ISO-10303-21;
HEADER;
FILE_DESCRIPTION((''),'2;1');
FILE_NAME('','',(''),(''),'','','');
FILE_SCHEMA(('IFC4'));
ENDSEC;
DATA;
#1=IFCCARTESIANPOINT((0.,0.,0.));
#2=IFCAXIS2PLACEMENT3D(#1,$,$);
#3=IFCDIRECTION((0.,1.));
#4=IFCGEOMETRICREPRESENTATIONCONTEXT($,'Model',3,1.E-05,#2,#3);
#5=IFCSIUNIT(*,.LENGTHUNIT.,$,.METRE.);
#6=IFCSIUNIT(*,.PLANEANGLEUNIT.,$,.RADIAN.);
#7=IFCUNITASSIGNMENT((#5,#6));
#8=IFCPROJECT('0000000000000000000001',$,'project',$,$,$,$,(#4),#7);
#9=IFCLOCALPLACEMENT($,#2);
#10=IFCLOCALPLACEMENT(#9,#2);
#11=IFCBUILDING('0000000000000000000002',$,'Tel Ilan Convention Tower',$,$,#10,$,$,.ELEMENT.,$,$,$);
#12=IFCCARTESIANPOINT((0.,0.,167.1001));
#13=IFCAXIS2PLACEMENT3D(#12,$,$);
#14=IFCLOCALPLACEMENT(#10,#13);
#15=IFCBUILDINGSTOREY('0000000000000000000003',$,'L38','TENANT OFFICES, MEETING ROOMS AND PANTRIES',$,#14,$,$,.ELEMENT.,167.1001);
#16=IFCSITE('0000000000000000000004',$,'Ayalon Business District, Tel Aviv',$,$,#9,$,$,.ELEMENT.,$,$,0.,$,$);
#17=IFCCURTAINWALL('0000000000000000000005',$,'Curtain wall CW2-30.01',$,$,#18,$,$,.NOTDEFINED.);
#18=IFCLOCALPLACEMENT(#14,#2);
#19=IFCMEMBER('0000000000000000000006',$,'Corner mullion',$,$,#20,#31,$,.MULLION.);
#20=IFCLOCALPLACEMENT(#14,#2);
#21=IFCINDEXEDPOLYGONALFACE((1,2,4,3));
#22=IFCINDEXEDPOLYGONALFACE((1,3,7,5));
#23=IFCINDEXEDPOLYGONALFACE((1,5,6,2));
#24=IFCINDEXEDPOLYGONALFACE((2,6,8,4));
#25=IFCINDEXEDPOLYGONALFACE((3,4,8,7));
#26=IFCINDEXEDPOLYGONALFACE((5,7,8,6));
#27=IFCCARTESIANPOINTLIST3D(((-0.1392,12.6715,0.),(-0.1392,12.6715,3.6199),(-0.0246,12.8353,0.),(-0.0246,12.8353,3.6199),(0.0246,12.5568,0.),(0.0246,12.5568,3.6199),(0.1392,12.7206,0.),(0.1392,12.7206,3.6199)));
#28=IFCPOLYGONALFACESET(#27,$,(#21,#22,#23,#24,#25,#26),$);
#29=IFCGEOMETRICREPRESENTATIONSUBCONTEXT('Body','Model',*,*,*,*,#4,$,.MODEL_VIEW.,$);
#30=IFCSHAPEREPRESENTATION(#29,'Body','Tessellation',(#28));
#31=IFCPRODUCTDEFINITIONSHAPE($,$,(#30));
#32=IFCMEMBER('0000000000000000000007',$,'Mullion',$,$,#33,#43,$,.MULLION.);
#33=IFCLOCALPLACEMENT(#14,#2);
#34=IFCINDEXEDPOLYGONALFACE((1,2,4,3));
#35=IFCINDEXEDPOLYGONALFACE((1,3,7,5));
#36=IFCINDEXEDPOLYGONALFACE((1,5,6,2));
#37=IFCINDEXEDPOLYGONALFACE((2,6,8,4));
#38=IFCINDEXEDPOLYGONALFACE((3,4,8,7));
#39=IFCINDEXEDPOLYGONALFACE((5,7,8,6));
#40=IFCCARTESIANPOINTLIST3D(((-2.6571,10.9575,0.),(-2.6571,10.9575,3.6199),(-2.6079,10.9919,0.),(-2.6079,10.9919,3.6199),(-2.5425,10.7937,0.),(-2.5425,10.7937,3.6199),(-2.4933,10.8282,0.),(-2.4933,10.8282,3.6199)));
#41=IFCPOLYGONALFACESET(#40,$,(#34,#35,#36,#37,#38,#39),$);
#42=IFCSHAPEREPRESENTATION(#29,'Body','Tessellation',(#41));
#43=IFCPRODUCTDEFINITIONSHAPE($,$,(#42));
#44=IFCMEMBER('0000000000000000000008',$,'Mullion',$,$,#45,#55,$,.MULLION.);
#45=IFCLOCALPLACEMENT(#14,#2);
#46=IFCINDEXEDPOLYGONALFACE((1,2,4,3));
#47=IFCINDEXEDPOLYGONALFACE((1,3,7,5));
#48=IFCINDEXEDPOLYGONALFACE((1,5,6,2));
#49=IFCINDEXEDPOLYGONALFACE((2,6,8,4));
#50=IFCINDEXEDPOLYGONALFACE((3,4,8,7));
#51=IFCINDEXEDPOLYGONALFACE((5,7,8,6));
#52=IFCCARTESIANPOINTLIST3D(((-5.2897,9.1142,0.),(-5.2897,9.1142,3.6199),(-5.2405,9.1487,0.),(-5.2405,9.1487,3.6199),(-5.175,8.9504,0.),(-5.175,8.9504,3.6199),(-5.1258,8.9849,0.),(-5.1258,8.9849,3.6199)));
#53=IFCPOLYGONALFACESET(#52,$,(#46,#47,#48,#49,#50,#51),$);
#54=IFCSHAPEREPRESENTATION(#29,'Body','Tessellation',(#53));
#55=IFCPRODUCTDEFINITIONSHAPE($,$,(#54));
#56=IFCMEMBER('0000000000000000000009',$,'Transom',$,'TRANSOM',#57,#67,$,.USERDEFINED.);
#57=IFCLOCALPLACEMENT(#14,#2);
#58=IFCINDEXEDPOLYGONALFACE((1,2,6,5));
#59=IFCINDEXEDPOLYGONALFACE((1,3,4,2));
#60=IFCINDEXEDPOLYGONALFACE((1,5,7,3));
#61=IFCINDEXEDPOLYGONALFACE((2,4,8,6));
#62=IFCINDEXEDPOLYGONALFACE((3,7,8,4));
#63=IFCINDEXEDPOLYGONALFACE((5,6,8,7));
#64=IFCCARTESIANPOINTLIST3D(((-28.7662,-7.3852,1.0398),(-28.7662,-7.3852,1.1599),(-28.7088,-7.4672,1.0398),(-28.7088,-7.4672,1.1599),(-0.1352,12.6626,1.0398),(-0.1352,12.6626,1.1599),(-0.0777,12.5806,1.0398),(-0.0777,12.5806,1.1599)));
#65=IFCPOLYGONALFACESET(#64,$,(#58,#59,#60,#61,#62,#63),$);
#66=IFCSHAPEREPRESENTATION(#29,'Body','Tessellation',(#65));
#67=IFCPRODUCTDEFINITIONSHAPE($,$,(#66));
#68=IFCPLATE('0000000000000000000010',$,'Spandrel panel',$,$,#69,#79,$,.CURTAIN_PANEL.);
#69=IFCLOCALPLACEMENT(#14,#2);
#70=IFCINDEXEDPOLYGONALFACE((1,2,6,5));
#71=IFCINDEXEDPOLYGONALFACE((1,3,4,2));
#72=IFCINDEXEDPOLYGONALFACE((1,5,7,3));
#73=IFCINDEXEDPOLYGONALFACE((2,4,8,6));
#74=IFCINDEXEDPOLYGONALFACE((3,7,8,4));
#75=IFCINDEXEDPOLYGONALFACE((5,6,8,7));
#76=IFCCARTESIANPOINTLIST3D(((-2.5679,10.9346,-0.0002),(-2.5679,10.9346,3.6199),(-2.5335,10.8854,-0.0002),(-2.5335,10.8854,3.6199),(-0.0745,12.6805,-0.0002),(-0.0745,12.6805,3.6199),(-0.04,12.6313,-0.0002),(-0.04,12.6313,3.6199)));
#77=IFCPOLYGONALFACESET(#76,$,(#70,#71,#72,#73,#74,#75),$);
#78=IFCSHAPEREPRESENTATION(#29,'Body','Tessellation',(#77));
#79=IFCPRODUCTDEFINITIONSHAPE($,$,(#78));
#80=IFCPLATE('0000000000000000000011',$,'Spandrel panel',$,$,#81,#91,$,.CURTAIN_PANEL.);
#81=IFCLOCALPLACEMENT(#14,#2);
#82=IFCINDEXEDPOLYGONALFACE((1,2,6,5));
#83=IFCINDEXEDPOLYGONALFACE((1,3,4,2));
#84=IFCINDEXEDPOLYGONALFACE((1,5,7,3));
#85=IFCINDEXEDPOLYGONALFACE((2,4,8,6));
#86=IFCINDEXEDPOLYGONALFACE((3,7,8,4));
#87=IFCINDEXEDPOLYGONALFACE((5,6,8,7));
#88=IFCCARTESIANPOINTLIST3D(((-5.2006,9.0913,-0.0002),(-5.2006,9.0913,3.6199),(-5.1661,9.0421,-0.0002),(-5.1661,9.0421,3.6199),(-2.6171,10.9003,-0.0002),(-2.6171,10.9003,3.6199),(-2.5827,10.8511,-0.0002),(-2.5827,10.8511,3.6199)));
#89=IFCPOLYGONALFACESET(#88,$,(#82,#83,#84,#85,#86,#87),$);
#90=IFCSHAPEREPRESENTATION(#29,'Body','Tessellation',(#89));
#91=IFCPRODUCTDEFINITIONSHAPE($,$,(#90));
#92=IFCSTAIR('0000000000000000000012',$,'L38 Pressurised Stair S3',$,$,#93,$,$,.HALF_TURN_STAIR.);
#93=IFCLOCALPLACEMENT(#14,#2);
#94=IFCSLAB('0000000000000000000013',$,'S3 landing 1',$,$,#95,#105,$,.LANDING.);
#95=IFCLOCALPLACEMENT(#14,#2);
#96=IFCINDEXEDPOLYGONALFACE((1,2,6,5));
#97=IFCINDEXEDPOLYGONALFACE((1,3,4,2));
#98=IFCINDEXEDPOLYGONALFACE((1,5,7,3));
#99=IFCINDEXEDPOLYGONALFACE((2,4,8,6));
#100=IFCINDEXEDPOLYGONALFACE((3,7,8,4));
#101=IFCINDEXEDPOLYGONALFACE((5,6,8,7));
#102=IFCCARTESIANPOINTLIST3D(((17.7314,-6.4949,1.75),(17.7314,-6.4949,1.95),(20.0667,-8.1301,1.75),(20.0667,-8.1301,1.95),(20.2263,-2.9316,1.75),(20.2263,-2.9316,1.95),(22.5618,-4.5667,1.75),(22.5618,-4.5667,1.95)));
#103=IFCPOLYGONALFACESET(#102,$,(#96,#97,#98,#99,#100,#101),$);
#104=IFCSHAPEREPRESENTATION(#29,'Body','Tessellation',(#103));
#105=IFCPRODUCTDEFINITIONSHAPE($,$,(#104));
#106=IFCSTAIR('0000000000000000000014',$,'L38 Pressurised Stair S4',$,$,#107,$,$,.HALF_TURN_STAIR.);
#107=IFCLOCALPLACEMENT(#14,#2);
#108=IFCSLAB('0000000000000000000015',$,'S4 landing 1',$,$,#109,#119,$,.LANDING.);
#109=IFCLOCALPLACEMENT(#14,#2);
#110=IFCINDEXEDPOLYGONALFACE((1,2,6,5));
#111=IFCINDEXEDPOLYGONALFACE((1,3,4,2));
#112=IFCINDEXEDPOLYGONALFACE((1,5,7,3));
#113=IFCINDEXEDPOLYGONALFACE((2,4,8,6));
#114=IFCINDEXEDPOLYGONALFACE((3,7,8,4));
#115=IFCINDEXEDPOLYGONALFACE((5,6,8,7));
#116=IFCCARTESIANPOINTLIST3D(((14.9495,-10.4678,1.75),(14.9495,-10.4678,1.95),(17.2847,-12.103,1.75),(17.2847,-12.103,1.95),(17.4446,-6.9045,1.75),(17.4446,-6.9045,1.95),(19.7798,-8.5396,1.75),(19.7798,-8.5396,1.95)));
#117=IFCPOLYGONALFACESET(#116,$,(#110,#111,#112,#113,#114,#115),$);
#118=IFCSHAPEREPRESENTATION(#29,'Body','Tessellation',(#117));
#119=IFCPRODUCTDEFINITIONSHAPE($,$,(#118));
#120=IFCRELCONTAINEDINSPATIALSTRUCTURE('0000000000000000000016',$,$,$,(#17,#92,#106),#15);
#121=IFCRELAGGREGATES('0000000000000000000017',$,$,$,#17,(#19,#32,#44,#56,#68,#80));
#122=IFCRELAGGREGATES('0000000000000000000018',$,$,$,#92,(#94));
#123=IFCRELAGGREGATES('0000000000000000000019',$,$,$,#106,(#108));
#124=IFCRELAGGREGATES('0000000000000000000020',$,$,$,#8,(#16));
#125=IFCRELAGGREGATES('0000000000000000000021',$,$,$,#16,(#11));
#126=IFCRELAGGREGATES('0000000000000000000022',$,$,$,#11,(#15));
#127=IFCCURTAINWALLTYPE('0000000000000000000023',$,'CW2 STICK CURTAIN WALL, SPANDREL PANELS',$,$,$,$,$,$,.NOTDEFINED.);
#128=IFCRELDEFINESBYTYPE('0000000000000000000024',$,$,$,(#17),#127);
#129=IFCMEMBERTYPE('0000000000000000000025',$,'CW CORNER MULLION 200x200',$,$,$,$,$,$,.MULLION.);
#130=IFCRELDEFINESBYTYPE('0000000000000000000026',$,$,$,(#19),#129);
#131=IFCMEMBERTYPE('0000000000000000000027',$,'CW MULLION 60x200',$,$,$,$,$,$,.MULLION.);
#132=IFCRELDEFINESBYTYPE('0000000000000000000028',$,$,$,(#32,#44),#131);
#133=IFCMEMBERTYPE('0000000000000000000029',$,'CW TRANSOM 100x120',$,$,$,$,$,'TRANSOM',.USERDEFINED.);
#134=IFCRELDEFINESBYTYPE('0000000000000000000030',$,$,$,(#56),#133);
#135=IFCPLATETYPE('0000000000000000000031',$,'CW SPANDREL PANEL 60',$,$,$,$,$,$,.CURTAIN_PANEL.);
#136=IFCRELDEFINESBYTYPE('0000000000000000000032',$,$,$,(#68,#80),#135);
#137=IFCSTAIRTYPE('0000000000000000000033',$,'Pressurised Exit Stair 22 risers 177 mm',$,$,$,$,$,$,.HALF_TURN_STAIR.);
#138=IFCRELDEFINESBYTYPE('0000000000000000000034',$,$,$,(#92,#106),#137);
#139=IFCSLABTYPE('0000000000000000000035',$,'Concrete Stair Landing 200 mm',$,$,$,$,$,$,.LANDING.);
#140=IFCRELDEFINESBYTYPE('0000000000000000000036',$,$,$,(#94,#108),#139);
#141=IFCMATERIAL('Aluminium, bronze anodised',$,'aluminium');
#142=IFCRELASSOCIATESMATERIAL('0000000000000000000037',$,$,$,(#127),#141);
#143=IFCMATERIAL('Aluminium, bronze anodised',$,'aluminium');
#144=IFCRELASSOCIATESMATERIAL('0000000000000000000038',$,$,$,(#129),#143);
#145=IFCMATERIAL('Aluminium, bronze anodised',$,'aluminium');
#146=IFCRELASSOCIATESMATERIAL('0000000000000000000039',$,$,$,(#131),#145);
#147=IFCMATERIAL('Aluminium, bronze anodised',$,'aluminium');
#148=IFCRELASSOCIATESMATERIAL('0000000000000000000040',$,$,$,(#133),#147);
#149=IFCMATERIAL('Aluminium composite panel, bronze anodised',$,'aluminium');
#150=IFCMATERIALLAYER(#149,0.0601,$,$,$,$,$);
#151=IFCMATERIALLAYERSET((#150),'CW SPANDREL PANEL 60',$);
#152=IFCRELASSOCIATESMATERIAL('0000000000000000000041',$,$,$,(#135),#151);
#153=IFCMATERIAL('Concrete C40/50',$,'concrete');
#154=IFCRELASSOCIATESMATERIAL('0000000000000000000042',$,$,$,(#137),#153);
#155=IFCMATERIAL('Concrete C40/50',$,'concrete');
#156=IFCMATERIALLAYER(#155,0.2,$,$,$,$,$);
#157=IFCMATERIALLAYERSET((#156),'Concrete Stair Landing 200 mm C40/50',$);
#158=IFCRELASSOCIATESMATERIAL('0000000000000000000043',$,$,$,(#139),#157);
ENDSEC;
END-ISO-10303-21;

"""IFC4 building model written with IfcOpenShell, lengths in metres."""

from ifc_helpers import new_model, si_unit, direction, frame, origin, origin_2d, place, context, subcontext, project, spatial, polyline, rectangle, outline, extrude, material, layer, layer_set, material_profile, profile_set, type_object, element, aggregate, save


model = new_model("IFC4")

# Units and contexts
model_context = context("Model", 3, precision=1e-05, world=origin(), true_north=direction((0.0, 1.0)))
body_context = subcontext(model_context, "Body", "Model", "MODEL_VIEW")
ifc_project = project(units=[si_unit("LENGTHUNIT", "METRE"), si_unit("PLANEANGLEUNIT", "RADIAN")], contexts=[model_context])

# Site, building, storey
site_placement = place(None, origin())
site = spatial("IfcSite", under=ifc_project, at=site_placement, Name="Ayalon Business District, Tel Aviv", CompositionType="ELEMENT", RefElevation=0.0)
building_placement = place(site_placement, origin())
building = spatial("IfcBuilding", under=site, at=building_placement, Name="Tel Ilan Convention Tower", CompositionType="ELEMENT")
storey_placement = place(building_placement, frame((0.0, 0.0, 167.1001)))
storey = spatial("IfcBuildingStorey", under=building, at=storey_placement, Name="L38", Description="TENANT OFFICES, MEETING ROOMS AND PANTRIES", CompositionType="ELEMENT", Elevation=167.1001)

# Curtain wall, members, plates
ifc_material_1 = material(Name="Aluminium, bronze anodised", Category="aluminium")
curtain_wall_type = type_object("IfcCurtainWallType", Name="CW2 STICK CURTAIN WALL, SPANDREL PANELS", PredefinedType="NOTDEFINED", material=ifc_material_1)
curtain_wall_placement = place(storey_placement, origin())
curtain_wall = element("IfcCurtainWall", 1, at=curtain_wall_placement, inside=storey, type_object=curtain_wall_type, Name="Curtain wall CW2-30.01", PredefinedType="NOTDEFINED")
ifc_material_2 = material(Name="Aluminium, bronze anodised", Category="aluminium")
ifc_material_profile_1 = material_profile(ifc_material_2, rectangle(XDim=0.2, YDim=0.2, at=origin_2d()), Name="CW CORNER MULLION 200x200")
ifc_profile_set_1 = profile_set([ifc_material_profile_1], Name="Aluminium, bronze anodised")
member_type_1 = type_object("IfcMemberType", Name="CW CORNER MULLION 200x200", PredefinedType="MULLION", material=ifc_profile_set_1)
member_1_placement = place(storey_placement, frame((0.0, 12.696, 0.0), z_axis=(0.0, 0.0, 1.0), x_axis=(-0.819152, 0.573576, 0.0)))
member_1 = element("IfcMember", 2, at=member_1_placement, type_object=member_type_1, Name="Corner mullion", PredefinedType="MULLION", context=body_context, shape_type="SweptSolid", body=[
    extrude(rectangle(XDim=0.2, YDim=0.2, at=origin_2d()), origin(), (0.0, 0.0, 1.0), 3.6199),
])
ifc_material_3 = material(Name="Aluminium, bronze anodised", Category="aluminium")
ifc_material_profile_2 = material_profile(ifc_material_3, rectangle(XDim=0.0601, YDim=0.2, at=origin_2d()), Name="CW MULLION 60x200")
ifc_profile_set_2 = profile_set([ifc_material_profile_2], Name="Aluminium, bronze anodised")
member_type_2 = type_object("IfcMemberType", Name="CW MULLION 60x200", PredefinedType="MULLION", material=ifc_profile_set_2)
member_2_placement = place(storey_placement, frame((-2.5752, 10.8928, 0.0), z_axis=(0.0, 0.0, 1.0), x_axis=(-0.819152, -0.573576, 0.0)))
member_2 = element("IfcMember", 3, at=member_2_placement, type_object=member_type_2, Name="Mullion", PredefinedType="MULLION", context=body_context, shape_type="SweptSolid", body=[
    extrude(rectangle(XDim=0.0601, YDim=0.2, at=origin_2d()), origin(), (0.0, 0.0, 1.0), 3.6199),
])
member_3_placement = place(storey_placement, frame((-5.2078, 9.0496, 0.0), z_axis=(0.0, 0.0, 1.0), x_axis=(-0.819152, -0.573576, 0.0)))
member_3 = element("IfcMember", 4, at=member_3_placement, type_object=member_type_2, Name="Mullion", PredefinedType="MULLION", context=body_context, shape_type="SweptSolid", body=[
    extrude(rectangle(XDim=0.0601, YDim=0.2, at=origin_2d()), origin(), (0.0, 0.0, 1.0), 3.6199),
])
ifc_material_4 = material(Name="Aluminium, bronze anodised", Category="aluminium")
ifc_material_profile_3 = material_profile(ifc_material_4, rectangle(XDim=0.1001, YDim=0.1201, at=origin_2d()), Name="CW TRANSOM 100x120")
ifc_profile_set_3 = profile_set([ifc_material_profile_3], Name="Aluminium, bronze anodised")
member_type_3 = type_object("IfcMemberType", Name="CW TRANSOM 100x120", ElementType="TRANSOM", PredefinedType="USERDEFINED", material=ifc_profile_set_3)
member_4_placement = place(storey_placement, frame((-0.1064, 12.6216, 1.0999), z_axis=(-0.81915, -0.573579, 0.0), x_axis=(0.573579, -0.81915, 0.0)))
member_4 = element("IfcMember", 5, at=member_4_placement, type_object=member_type_3, Name="Transom", ObjectType="TRANSOM", PredefinedType="USERDEFINED", context=body_context, shape_type="SweptSolid", body=[
    extrude(rectangle(XDim=0.1001, YDim=0.1201, at=origin_2d()), origin(), (0.0, 0.0, 1.0), 34.9521),
])
ifc_material_5 = material(Name="Aluminium composite panel, bronze anodised", Category="aluminium")
ifc_layer_1 = layer(ifc_material_5, 0.0601)
ifc_layer_set_1 = layer_set([ifc_layer_1], Name="CW SPANDREL PANEL 60")
plate_type = type_object("IfcPlateType", Name="CW SPANDREL PANEL 60", PredefinedType="CURTAIN_PANEL", material=ifc_layer_set_1)
plate_1_placement = place(storey_placement, frame((-1.304, 11.783, -0.0002), z_axis=(0.0, 0.0, 1.0), x_axis=(-0.819152, -0.573576, 0.0)))
plate_1 = element("IfcPlate", 6, at=plate_1_placement, type_object=plate_type, Name="Spandrel panel", PredefinedType="CURTAIN_PANEL", context=body_context, shape_type="SweptSolid", body=[
    extrude(rectangle(XDim=3.0439, YDim=0.0601, at=origin_2d()), origin(), (0.0, 0.0, 1.0), 3.6201),
])
plate_2_placement = place(storey_placement, frame((-3.8916, 9.9712, -0.0002), z_axis=(0.0, 0.0, 1.0), x_axis=(-0.819152, -0.573576, 0.0)))
plate_2 = element("IfcPlate", 7, at=plate_2_placement, type_object=plate_type, Name="Spandrel panel", PredefinedType="CURTAIN_PANEL", context=body_context, shape_type="SweptSolid", body=[
    extrude(rectangle(XDim=3.1538, YDim=0.0601, at=origin_2d()), origin(), (0.0, 0.0, 1.0), 3.6201),
])
aggregate(curtain_wall, [member_1, member_2, member_3, member_4, plate_1, plate_2])

# Stairs, slabs
ifc_material_6 = material(Name="Concrete C40/50", Category="concrete")
stair_type = type_object("IfcStairType", Name="Pressurised Exit Stair 22 risers 177 mm", PredefinedType="HALF_TURN_STAIR", material=ifc_material_6)
stair_1_placement = place(storey_placement, origin())
stair_1 = element("IfcStair", 8, at=stair_1_placement, inside=storey, type_object=stair_type, Name="L38 Pressurised Stair S3", PredefinedType="HALF_TURN_STAIR")
ifc_material_7 = material(Name="Concrete C40/50", Category="concrete")
ifc_layer_2 = layer(ifc_material_7, 0.2)
ifc_layer_set_2 = layer_set([ifc_layer_2], Name="Concrete Stair Landing 200 mm C40/50")
slab_type_1 = type_object("IfcSlabType", Name="Concrete Stair Landing 200 mm", PredefinedType="LANDING", material=ifc_layer_set_2)
slab_1_placement = place(storey_placement, frame((0.0, 0.0, 1.75)))
slab_1 = element("IfcSlab", 9, at=slab_1_placement, type_object=slab_type_1, Name="S3 landing 1", PredefinedType="LANDING", context=body_context, shape_type="SweptSolid", body=[
    extrude(outline(polyline([(22.5618, -4.5667), (20.2263, -2.9316), (17.7314, -6.4949), (20.0667, -8.1301), (22.5618, -4.5667)])), origin(), (0.0, 0.0, 1.0), 0.2),
])
aggregate(stair_1, [slab_1])
stair_2_placement = place(storey_placement, origin())
stair_2 = element("IfcStair", 10, at=stair_2_placement, inside=storey, type_object=stair_type, Name="L38 Pressurised Stair S4", PredefinedType="HALF_TURN_STAIR")
slab_2_placement = place(storey_placement, frame((0.0, 0.0, 1.75)))
slab_2 = element("IfcSlab", 11, at=slab_2_placement, type_object=slab_type_1, Name="S4 landing 1", PredefinedType="LANDING", context=body_context, shape_type="SweptSolid", body=[
    extrude(outline(polyline([(19.7798, -8.5396), (17.4446, -6.9045), (14.9495, -10.4678), (17.2847, -12.103), (19.7798, -8.5396)])), origin(), (0.0, 0.0, 1.0), 0.2),
])
aggregate(stair_2, [slab_2])

save(model, "model.ifc")
